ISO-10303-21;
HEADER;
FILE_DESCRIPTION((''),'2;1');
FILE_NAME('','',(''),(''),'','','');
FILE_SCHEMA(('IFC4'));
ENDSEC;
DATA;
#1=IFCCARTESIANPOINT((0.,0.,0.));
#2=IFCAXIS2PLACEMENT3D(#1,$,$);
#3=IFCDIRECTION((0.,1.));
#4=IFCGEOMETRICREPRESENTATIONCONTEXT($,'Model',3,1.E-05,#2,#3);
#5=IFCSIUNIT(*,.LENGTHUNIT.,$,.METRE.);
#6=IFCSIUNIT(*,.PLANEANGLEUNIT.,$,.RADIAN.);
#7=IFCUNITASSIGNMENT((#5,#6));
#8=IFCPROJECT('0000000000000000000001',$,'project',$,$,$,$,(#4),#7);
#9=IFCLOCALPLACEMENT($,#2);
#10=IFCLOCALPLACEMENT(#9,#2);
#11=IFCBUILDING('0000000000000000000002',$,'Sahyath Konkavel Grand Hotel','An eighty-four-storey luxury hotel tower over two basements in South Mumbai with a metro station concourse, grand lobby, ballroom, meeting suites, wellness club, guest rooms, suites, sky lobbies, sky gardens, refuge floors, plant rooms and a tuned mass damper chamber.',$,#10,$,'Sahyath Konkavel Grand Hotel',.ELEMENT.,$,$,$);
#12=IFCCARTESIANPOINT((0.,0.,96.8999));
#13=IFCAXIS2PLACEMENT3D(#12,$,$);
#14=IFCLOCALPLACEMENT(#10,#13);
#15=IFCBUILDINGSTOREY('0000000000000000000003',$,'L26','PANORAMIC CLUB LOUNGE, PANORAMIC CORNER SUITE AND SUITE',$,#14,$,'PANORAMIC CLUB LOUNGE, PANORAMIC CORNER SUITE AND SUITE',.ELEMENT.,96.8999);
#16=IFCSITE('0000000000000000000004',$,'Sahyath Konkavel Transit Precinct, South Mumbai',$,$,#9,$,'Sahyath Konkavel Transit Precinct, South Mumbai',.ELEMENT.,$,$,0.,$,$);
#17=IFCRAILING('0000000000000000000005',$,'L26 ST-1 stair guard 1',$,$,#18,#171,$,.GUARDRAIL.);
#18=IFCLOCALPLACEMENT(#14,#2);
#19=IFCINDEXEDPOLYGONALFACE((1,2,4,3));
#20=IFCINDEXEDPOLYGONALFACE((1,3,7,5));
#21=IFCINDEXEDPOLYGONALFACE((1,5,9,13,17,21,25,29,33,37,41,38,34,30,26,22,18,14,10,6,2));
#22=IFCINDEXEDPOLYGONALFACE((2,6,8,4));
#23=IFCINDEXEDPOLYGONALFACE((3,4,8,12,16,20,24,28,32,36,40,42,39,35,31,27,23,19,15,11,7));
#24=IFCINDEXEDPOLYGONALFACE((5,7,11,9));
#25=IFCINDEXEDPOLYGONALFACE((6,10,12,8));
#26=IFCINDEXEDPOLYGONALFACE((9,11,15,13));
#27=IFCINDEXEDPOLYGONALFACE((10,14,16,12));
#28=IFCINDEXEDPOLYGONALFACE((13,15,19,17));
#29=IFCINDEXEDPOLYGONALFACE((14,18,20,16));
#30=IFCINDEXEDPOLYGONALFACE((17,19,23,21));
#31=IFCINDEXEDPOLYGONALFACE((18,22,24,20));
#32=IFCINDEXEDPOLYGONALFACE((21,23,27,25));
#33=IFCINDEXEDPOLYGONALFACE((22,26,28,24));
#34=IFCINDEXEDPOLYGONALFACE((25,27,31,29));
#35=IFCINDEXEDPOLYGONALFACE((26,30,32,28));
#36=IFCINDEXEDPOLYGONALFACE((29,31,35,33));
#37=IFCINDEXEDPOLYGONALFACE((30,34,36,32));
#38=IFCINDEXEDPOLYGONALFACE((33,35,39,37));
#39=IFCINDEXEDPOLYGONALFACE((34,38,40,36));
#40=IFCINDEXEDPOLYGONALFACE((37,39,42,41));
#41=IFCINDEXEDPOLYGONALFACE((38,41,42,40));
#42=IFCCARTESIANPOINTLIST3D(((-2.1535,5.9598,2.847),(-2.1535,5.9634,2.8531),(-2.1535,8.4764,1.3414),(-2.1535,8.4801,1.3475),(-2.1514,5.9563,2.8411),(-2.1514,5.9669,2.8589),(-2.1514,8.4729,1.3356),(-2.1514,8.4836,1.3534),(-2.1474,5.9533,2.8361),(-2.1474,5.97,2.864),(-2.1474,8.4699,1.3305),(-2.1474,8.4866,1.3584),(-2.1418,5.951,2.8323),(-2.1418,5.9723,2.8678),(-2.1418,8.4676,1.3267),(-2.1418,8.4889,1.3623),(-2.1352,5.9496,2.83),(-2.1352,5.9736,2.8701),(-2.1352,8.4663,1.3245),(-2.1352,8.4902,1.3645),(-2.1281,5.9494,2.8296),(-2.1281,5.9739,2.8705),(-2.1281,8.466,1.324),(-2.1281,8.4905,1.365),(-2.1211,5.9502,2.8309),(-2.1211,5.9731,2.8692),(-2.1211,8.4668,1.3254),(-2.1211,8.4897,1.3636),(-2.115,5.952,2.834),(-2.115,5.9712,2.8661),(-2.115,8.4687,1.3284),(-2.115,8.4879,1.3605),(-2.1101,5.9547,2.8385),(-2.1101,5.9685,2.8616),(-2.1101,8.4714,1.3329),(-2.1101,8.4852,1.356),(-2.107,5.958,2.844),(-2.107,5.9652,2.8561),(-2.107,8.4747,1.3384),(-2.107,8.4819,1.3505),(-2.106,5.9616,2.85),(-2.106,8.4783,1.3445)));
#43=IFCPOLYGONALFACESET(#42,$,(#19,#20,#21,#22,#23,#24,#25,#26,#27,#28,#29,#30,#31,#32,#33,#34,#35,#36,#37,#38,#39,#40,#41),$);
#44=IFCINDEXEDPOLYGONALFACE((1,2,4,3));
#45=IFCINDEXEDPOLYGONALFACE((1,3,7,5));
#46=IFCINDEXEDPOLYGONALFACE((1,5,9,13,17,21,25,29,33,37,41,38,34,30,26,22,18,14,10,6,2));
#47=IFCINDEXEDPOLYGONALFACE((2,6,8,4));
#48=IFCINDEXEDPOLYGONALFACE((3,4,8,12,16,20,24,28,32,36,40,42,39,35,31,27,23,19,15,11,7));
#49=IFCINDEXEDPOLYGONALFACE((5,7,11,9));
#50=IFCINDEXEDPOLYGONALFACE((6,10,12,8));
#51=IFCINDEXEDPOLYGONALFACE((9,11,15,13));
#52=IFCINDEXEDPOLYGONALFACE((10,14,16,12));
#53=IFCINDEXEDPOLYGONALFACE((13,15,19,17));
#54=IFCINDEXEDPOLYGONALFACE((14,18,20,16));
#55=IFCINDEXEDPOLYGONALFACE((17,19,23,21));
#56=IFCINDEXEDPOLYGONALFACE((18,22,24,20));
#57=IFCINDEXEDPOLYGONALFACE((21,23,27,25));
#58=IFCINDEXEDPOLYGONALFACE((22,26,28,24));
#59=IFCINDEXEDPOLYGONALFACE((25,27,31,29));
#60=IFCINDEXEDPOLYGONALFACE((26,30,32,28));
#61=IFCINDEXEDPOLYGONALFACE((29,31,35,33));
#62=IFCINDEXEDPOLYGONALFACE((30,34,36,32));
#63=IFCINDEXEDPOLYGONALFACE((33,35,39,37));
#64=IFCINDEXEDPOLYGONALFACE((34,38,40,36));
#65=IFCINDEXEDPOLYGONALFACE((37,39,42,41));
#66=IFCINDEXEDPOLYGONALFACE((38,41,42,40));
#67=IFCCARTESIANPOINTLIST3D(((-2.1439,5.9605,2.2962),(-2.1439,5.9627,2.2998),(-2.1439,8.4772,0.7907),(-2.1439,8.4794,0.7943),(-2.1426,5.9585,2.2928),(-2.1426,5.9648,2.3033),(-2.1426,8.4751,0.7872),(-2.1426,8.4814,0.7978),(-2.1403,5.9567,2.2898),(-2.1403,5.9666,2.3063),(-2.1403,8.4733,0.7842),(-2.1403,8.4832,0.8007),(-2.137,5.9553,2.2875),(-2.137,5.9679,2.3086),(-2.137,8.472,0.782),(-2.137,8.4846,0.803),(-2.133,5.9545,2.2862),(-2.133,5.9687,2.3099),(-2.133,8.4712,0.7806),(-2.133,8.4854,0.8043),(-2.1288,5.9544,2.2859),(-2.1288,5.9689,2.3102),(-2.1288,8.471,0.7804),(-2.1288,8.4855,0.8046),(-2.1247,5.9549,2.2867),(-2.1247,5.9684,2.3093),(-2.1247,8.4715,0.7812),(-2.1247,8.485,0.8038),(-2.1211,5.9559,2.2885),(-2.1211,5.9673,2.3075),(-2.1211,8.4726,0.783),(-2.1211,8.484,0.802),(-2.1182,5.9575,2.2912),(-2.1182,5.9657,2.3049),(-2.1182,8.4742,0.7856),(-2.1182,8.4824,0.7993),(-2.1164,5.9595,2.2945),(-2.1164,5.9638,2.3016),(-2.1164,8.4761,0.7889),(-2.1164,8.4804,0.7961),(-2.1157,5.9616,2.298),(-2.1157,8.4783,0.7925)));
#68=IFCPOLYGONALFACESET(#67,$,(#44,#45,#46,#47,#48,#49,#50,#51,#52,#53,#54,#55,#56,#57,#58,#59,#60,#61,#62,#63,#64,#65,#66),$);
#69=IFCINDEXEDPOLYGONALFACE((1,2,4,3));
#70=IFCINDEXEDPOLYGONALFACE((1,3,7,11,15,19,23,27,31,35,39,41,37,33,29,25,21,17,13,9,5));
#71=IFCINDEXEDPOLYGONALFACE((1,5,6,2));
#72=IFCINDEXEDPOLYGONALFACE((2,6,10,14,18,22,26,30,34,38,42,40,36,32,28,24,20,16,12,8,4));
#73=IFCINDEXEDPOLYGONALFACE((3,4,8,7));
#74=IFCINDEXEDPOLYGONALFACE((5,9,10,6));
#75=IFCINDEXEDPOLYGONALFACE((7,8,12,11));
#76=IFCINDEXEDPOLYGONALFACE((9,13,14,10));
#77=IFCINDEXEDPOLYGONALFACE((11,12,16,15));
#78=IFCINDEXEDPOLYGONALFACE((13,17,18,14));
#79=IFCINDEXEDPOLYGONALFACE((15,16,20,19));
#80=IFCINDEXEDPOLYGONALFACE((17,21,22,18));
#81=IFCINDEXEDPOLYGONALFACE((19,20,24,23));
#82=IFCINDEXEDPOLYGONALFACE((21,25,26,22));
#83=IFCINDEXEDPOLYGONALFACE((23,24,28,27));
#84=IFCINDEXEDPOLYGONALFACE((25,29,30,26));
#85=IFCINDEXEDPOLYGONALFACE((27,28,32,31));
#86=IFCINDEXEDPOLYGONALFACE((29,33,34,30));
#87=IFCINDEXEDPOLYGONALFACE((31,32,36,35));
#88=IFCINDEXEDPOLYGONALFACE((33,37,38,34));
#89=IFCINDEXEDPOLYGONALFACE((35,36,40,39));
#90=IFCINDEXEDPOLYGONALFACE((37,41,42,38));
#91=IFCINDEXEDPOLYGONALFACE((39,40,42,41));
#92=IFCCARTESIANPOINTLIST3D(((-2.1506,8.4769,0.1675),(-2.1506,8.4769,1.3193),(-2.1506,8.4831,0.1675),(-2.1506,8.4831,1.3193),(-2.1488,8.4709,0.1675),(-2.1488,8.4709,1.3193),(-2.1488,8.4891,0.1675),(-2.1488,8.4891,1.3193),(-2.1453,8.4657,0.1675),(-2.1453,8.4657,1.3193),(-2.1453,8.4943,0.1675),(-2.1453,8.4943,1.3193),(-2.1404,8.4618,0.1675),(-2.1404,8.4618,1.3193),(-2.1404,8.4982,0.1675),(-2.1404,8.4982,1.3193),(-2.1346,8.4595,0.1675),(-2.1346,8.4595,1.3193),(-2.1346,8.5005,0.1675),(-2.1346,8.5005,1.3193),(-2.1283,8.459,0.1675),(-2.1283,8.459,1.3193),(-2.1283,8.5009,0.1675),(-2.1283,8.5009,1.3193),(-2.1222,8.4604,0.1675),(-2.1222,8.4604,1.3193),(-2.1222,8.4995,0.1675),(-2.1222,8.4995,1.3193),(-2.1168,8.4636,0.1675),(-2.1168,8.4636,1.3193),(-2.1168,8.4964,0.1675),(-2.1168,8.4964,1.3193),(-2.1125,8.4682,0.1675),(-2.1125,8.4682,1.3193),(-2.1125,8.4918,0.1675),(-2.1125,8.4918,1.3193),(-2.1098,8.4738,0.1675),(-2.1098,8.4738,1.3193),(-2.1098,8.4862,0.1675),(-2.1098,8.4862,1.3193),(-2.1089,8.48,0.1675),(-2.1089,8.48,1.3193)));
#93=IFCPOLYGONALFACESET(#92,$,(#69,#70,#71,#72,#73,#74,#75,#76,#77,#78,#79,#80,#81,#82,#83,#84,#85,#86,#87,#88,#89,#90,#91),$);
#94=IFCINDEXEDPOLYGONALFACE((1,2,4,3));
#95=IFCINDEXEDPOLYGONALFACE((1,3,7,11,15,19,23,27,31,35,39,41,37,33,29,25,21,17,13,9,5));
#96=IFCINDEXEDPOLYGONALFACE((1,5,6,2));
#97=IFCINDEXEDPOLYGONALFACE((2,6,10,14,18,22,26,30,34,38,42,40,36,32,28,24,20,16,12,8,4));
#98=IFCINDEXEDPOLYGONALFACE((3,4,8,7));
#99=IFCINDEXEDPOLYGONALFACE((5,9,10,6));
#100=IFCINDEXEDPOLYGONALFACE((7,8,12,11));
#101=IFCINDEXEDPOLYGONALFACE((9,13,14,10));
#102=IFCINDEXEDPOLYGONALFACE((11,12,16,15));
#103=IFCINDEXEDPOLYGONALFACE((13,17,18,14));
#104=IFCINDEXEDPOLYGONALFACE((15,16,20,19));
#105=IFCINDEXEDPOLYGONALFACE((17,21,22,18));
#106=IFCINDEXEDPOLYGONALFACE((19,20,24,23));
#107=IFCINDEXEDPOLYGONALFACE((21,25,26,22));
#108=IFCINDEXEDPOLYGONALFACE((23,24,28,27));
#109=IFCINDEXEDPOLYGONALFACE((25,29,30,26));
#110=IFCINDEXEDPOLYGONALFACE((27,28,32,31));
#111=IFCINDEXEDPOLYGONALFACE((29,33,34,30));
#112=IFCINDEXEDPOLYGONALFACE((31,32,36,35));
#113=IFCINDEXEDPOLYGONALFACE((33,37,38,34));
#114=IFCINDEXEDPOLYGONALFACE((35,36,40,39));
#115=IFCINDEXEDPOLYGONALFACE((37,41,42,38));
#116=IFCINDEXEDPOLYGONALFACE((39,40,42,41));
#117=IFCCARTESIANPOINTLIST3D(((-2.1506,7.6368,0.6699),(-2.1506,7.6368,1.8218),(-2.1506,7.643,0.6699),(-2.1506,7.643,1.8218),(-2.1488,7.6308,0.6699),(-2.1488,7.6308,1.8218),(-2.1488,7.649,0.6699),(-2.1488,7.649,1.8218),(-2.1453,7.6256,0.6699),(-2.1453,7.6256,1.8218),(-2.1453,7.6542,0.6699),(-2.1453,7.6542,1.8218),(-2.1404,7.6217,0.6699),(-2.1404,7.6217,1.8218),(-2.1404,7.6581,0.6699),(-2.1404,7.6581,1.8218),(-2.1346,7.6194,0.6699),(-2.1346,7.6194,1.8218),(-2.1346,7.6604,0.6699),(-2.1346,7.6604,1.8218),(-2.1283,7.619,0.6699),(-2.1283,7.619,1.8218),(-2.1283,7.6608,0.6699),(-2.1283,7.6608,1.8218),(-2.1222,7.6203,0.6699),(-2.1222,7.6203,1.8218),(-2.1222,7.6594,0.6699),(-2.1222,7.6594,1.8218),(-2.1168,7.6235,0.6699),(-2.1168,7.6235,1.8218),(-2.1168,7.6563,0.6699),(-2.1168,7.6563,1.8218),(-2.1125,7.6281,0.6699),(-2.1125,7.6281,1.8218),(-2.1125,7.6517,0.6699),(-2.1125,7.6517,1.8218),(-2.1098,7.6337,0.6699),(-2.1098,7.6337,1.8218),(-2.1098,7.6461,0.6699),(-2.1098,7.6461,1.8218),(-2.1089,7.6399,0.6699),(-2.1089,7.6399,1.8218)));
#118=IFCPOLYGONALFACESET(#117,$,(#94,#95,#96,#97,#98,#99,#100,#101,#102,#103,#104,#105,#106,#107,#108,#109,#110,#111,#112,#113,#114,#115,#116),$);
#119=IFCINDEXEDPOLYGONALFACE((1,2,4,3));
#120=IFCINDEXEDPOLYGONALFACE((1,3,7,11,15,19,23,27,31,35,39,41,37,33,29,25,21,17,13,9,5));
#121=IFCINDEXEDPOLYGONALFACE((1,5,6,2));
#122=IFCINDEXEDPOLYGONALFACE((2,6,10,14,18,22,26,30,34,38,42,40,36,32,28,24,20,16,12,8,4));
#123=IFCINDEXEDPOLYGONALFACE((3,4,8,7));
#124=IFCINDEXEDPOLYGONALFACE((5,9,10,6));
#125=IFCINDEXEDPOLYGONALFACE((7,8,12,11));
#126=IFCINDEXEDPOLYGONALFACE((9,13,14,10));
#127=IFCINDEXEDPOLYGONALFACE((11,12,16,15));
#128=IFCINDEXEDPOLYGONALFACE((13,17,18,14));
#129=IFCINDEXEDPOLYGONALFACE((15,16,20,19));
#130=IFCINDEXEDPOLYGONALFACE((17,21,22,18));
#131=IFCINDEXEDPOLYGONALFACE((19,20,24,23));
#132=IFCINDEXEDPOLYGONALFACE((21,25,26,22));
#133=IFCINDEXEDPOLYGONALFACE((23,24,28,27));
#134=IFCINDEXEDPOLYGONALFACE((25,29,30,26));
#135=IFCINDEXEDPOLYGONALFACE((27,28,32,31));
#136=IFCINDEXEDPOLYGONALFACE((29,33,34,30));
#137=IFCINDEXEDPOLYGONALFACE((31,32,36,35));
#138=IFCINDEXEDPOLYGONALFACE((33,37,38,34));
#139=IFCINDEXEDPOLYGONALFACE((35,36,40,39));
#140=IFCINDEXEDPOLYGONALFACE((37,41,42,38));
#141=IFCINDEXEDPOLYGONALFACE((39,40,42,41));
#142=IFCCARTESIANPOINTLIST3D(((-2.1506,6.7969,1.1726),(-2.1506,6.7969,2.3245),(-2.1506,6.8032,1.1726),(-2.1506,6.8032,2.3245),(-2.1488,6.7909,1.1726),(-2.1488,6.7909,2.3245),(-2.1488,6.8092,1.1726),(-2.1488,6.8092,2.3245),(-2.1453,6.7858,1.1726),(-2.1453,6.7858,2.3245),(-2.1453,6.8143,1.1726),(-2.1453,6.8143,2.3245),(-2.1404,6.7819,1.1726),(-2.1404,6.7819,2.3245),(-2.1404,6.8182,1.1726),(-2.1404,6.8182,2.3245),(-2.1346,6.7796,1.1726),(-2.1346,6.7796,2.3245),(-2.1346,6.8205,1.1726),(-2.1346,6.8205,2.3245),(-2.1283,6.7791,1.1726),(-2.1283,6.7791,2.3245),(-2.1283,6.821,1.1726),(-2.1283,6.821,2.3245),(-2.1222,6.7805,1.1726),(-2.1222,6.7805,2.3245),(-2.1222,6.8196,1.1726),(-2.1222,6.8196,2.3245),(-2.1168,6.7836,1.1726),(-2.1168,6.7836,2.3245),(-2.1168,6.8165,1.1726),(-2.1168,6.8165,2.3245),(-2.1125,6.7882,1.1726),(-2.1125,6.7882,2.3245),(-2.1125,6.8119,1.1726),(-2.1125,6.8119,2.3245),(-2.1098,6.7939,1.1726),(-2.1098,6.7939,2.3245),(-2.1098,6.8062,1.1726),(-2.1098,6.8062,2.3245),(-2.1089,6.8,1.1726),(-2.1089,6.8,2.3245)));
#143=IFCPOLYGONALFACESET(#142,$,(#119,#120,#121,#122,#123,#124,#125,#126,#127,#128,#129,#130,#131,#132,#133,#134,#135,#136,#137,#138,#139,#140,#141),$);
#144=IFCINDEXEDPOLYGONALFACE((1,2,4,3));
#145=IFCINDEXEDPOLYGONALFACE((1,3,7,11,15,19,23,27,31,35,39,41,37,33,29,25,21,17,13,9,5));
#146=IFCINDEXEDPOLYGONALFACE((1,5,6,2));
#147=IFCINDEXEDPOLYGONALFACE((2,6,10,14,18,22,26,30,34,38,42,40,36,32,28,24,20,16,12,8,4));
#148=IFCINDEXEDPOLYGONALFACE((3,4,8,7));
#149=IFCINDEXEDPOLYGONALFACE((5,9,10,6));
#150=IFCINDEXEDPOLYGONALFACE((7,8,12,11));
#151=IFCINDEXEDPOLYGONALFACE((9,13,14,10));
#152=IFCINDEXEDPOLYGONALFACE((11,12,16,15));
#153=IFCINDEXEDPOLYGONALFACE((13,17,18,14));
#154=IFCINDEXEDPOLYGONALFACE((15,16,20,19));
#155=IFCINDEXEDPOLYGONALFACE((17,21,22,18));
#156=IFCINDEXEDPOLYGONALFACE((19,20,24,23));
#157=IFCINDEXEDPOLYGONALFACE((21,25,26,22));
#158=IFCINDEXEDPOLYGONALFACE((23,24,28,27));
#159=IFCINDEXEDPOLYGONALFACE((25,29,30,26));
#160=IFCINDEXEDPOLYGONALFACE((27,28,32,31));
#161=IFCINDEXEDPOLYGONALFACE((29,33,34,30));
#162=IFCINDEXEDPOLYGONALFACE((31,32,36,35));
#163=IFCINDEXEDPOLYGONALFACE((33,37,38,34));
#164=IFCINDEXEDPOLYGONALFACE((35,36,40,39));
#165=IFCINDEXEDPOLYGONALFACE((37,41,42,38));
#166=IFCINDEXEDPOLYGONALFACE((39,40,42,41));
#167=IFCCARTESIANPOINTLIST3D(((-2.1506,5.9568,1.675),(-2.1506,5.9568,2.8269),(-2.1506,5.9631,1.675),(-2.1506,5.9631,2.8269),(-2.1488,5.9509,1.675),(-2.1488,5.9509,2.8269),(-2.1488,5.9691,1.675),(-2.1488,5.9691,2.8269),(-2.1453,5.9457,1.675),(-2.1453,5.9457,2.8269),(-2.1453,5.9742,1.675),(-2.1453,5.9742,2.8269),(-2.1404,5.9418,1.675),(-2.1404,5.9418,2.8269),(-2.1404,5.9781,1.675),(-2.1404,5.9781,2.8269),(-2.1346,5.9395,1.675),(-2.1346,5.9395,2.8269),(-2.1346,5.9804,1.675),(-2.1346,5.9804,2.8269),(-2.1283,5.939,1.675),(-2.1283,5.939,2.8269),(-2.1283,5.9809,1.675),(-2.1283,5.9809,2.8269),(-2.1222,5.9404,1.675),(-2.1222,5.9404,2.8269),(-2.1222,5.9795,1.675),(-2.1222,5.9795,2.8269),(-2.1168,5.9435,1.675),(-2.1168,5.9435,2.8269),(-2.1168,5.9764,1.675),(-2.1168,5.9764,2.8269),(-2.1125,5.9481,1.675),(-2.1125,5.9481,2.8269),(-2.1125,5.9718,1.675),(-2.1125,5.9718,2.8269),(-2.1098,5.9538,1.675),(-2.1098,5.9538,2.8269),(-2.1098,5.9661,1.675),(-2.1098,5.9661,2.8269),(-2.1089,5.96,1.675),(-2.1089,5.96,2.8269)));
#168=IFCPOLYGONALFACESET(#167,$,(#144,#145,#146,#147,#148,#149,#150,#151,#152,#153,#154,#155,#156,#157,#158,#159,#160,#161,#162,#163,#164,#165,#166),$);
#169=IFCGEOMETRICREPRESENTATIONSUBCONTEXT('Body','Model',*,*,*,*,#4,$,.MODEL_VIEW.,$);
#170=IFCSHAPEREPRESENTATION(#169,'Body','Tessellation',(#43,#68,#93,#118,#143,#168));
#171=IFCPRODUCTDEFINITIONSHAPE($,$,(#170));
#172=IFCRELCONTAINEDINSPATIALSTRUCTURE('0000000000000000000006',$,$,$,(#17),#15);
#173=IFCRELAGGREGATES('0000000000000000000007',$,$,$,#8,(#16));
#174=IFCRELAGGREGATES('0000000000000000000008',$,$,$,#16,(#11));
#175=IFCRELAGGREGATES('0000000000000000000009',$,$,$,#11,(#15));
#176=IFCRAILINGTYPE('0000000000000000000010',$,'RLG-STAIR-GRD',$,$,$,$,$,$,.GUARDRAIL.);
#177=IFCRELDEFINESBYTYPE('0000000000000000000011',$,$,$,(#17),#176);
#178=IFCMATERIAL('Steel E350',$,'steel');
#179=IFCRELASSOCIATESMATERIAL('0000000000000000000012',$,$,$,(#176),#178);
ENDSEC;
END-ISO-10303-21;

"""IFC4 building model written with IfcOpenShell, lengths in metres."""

from ifc_helpers import new_model, si_unit, direction, frame, origin, origin_2d, place, context, subcontext, project, spatial, circle, extrude, material, type_object, element, save


model = new_model("IFC4")

# Units and contexts
model_context = context("Model", 3, precision=1e-05, world=origin(), true_north=direction((0.0, 1.0)))
body_context = subcontext(model_context, "Body", "Model", "MODEL_VIEW")
ifc_project = project(units=[si_unit("LENGTHUNIT", "METRE"), si_unit("PLANEANGLEUNIT", "RADIAN")], contexts=[model_context])

# Site, building, storey
site_placement = place(None, origin())
site = spatial("IfcSite", under=ifc_project, at=site_placement, Name="Sahyath Konkavel Transit Precinct, South Mumbai", LongName="Sahyath Konkavel Transit Precinct, South Mumbai", CompositionType="ELEMENT", RefElevation=0.0)
building_placement = place(site_placement, origin())
building = spatial("IfcBuilding", under=site, at=building_placement, Name="Sahyath Konkavel Grand Hotel", Description="An eighty-four-storey luxury hotel tower over two basements in South Mumbai with a metro station concourse, grand lobby, ballroom, meeting suites, wellness club, guest rooms, suites, sky lobbies, sky gardens, refuge floors, plant rooms and a tuned mass damper chamber.", LongName="Sahyath Konkavel Grand Hotel", CompositionType="ELEMENT")
storey_placement = place(building_placement, frame((0.0, 0.0, 96.8999)))
storey = spatial("IfcBuildingStorey", under=building, at=storey_placement, Name="L26", Description="PANORAMIC CLUB LOUNGE, PANORAMIC CORNER SUITE AND SUITE", LongName="PANORAMIC CLUB LOUNGE, PANORAMIC CORNER SUITE AND SUITE", CompositionType="ELEMENT", Elevation=96.8999)

# Shared definitions
ifc_material_1 = material(Name="Steel E350", Category="steel")

# Railing
railing_type_1 = type_object("IfcRailingType", Name="RLG-STAIR-GRD", PredefinedType="GUARDRAIL", material=ifc_material_1)
railing_1_placement = place(storey_placement, frame((-2.1299, 8.48, 0.1675)))
element("IfcRailing", 1, at=railing_1_placement, inside=storey, type_object=railing_type_1, Name="L26 ST-1 stair guard 1", PredefinedType="GUARDRAIL", context=body_context, shape_type="SweptSolid", body=[
    extrude(circle(Radius=0.0239, at=origin_2d()), frame((0.0, -0.0017, 1.177), z_axis=(0.0, -0.85816, 0.513383), x_axis=(1.0, 0.0, 0.0)), (0.0, 0.0, 1.0), 2.9326),
    extrude(circle(Radius=0.0142, at=origin_2d()), frame((0.0, -0.0017, 0.625), z_axis=(0.0, -0.85816, 0.513383), x_axis=(1.0, 0.0, 0.0)), (0.0, 0.0, 1.0), 2.9326),
    extrude(circle(Radius=0.021, at=origin_2d()), origin(), (0.0, 0.0, 1.0), 1.1519),
    extrude(circle(Radius=0.021, at=origin_2d()), frame((0.0, -0.8401, 0.5024)), (0.0, 0.0, 1.0), 1.1519),
    extrude(circle(Radius=0.021, at=origin_2d()), frame((0.0, -1.6799, 1.0051)), (0.0, 0.0, 1.0), 1.1519),
    extrude(circle(Radius=0.021, at=origin_2d()), frame((0.0, -2.52, 1.5076)), (0.0, 0.0, 1.0), 1.1519),
])

save(model, "model.ifc")
